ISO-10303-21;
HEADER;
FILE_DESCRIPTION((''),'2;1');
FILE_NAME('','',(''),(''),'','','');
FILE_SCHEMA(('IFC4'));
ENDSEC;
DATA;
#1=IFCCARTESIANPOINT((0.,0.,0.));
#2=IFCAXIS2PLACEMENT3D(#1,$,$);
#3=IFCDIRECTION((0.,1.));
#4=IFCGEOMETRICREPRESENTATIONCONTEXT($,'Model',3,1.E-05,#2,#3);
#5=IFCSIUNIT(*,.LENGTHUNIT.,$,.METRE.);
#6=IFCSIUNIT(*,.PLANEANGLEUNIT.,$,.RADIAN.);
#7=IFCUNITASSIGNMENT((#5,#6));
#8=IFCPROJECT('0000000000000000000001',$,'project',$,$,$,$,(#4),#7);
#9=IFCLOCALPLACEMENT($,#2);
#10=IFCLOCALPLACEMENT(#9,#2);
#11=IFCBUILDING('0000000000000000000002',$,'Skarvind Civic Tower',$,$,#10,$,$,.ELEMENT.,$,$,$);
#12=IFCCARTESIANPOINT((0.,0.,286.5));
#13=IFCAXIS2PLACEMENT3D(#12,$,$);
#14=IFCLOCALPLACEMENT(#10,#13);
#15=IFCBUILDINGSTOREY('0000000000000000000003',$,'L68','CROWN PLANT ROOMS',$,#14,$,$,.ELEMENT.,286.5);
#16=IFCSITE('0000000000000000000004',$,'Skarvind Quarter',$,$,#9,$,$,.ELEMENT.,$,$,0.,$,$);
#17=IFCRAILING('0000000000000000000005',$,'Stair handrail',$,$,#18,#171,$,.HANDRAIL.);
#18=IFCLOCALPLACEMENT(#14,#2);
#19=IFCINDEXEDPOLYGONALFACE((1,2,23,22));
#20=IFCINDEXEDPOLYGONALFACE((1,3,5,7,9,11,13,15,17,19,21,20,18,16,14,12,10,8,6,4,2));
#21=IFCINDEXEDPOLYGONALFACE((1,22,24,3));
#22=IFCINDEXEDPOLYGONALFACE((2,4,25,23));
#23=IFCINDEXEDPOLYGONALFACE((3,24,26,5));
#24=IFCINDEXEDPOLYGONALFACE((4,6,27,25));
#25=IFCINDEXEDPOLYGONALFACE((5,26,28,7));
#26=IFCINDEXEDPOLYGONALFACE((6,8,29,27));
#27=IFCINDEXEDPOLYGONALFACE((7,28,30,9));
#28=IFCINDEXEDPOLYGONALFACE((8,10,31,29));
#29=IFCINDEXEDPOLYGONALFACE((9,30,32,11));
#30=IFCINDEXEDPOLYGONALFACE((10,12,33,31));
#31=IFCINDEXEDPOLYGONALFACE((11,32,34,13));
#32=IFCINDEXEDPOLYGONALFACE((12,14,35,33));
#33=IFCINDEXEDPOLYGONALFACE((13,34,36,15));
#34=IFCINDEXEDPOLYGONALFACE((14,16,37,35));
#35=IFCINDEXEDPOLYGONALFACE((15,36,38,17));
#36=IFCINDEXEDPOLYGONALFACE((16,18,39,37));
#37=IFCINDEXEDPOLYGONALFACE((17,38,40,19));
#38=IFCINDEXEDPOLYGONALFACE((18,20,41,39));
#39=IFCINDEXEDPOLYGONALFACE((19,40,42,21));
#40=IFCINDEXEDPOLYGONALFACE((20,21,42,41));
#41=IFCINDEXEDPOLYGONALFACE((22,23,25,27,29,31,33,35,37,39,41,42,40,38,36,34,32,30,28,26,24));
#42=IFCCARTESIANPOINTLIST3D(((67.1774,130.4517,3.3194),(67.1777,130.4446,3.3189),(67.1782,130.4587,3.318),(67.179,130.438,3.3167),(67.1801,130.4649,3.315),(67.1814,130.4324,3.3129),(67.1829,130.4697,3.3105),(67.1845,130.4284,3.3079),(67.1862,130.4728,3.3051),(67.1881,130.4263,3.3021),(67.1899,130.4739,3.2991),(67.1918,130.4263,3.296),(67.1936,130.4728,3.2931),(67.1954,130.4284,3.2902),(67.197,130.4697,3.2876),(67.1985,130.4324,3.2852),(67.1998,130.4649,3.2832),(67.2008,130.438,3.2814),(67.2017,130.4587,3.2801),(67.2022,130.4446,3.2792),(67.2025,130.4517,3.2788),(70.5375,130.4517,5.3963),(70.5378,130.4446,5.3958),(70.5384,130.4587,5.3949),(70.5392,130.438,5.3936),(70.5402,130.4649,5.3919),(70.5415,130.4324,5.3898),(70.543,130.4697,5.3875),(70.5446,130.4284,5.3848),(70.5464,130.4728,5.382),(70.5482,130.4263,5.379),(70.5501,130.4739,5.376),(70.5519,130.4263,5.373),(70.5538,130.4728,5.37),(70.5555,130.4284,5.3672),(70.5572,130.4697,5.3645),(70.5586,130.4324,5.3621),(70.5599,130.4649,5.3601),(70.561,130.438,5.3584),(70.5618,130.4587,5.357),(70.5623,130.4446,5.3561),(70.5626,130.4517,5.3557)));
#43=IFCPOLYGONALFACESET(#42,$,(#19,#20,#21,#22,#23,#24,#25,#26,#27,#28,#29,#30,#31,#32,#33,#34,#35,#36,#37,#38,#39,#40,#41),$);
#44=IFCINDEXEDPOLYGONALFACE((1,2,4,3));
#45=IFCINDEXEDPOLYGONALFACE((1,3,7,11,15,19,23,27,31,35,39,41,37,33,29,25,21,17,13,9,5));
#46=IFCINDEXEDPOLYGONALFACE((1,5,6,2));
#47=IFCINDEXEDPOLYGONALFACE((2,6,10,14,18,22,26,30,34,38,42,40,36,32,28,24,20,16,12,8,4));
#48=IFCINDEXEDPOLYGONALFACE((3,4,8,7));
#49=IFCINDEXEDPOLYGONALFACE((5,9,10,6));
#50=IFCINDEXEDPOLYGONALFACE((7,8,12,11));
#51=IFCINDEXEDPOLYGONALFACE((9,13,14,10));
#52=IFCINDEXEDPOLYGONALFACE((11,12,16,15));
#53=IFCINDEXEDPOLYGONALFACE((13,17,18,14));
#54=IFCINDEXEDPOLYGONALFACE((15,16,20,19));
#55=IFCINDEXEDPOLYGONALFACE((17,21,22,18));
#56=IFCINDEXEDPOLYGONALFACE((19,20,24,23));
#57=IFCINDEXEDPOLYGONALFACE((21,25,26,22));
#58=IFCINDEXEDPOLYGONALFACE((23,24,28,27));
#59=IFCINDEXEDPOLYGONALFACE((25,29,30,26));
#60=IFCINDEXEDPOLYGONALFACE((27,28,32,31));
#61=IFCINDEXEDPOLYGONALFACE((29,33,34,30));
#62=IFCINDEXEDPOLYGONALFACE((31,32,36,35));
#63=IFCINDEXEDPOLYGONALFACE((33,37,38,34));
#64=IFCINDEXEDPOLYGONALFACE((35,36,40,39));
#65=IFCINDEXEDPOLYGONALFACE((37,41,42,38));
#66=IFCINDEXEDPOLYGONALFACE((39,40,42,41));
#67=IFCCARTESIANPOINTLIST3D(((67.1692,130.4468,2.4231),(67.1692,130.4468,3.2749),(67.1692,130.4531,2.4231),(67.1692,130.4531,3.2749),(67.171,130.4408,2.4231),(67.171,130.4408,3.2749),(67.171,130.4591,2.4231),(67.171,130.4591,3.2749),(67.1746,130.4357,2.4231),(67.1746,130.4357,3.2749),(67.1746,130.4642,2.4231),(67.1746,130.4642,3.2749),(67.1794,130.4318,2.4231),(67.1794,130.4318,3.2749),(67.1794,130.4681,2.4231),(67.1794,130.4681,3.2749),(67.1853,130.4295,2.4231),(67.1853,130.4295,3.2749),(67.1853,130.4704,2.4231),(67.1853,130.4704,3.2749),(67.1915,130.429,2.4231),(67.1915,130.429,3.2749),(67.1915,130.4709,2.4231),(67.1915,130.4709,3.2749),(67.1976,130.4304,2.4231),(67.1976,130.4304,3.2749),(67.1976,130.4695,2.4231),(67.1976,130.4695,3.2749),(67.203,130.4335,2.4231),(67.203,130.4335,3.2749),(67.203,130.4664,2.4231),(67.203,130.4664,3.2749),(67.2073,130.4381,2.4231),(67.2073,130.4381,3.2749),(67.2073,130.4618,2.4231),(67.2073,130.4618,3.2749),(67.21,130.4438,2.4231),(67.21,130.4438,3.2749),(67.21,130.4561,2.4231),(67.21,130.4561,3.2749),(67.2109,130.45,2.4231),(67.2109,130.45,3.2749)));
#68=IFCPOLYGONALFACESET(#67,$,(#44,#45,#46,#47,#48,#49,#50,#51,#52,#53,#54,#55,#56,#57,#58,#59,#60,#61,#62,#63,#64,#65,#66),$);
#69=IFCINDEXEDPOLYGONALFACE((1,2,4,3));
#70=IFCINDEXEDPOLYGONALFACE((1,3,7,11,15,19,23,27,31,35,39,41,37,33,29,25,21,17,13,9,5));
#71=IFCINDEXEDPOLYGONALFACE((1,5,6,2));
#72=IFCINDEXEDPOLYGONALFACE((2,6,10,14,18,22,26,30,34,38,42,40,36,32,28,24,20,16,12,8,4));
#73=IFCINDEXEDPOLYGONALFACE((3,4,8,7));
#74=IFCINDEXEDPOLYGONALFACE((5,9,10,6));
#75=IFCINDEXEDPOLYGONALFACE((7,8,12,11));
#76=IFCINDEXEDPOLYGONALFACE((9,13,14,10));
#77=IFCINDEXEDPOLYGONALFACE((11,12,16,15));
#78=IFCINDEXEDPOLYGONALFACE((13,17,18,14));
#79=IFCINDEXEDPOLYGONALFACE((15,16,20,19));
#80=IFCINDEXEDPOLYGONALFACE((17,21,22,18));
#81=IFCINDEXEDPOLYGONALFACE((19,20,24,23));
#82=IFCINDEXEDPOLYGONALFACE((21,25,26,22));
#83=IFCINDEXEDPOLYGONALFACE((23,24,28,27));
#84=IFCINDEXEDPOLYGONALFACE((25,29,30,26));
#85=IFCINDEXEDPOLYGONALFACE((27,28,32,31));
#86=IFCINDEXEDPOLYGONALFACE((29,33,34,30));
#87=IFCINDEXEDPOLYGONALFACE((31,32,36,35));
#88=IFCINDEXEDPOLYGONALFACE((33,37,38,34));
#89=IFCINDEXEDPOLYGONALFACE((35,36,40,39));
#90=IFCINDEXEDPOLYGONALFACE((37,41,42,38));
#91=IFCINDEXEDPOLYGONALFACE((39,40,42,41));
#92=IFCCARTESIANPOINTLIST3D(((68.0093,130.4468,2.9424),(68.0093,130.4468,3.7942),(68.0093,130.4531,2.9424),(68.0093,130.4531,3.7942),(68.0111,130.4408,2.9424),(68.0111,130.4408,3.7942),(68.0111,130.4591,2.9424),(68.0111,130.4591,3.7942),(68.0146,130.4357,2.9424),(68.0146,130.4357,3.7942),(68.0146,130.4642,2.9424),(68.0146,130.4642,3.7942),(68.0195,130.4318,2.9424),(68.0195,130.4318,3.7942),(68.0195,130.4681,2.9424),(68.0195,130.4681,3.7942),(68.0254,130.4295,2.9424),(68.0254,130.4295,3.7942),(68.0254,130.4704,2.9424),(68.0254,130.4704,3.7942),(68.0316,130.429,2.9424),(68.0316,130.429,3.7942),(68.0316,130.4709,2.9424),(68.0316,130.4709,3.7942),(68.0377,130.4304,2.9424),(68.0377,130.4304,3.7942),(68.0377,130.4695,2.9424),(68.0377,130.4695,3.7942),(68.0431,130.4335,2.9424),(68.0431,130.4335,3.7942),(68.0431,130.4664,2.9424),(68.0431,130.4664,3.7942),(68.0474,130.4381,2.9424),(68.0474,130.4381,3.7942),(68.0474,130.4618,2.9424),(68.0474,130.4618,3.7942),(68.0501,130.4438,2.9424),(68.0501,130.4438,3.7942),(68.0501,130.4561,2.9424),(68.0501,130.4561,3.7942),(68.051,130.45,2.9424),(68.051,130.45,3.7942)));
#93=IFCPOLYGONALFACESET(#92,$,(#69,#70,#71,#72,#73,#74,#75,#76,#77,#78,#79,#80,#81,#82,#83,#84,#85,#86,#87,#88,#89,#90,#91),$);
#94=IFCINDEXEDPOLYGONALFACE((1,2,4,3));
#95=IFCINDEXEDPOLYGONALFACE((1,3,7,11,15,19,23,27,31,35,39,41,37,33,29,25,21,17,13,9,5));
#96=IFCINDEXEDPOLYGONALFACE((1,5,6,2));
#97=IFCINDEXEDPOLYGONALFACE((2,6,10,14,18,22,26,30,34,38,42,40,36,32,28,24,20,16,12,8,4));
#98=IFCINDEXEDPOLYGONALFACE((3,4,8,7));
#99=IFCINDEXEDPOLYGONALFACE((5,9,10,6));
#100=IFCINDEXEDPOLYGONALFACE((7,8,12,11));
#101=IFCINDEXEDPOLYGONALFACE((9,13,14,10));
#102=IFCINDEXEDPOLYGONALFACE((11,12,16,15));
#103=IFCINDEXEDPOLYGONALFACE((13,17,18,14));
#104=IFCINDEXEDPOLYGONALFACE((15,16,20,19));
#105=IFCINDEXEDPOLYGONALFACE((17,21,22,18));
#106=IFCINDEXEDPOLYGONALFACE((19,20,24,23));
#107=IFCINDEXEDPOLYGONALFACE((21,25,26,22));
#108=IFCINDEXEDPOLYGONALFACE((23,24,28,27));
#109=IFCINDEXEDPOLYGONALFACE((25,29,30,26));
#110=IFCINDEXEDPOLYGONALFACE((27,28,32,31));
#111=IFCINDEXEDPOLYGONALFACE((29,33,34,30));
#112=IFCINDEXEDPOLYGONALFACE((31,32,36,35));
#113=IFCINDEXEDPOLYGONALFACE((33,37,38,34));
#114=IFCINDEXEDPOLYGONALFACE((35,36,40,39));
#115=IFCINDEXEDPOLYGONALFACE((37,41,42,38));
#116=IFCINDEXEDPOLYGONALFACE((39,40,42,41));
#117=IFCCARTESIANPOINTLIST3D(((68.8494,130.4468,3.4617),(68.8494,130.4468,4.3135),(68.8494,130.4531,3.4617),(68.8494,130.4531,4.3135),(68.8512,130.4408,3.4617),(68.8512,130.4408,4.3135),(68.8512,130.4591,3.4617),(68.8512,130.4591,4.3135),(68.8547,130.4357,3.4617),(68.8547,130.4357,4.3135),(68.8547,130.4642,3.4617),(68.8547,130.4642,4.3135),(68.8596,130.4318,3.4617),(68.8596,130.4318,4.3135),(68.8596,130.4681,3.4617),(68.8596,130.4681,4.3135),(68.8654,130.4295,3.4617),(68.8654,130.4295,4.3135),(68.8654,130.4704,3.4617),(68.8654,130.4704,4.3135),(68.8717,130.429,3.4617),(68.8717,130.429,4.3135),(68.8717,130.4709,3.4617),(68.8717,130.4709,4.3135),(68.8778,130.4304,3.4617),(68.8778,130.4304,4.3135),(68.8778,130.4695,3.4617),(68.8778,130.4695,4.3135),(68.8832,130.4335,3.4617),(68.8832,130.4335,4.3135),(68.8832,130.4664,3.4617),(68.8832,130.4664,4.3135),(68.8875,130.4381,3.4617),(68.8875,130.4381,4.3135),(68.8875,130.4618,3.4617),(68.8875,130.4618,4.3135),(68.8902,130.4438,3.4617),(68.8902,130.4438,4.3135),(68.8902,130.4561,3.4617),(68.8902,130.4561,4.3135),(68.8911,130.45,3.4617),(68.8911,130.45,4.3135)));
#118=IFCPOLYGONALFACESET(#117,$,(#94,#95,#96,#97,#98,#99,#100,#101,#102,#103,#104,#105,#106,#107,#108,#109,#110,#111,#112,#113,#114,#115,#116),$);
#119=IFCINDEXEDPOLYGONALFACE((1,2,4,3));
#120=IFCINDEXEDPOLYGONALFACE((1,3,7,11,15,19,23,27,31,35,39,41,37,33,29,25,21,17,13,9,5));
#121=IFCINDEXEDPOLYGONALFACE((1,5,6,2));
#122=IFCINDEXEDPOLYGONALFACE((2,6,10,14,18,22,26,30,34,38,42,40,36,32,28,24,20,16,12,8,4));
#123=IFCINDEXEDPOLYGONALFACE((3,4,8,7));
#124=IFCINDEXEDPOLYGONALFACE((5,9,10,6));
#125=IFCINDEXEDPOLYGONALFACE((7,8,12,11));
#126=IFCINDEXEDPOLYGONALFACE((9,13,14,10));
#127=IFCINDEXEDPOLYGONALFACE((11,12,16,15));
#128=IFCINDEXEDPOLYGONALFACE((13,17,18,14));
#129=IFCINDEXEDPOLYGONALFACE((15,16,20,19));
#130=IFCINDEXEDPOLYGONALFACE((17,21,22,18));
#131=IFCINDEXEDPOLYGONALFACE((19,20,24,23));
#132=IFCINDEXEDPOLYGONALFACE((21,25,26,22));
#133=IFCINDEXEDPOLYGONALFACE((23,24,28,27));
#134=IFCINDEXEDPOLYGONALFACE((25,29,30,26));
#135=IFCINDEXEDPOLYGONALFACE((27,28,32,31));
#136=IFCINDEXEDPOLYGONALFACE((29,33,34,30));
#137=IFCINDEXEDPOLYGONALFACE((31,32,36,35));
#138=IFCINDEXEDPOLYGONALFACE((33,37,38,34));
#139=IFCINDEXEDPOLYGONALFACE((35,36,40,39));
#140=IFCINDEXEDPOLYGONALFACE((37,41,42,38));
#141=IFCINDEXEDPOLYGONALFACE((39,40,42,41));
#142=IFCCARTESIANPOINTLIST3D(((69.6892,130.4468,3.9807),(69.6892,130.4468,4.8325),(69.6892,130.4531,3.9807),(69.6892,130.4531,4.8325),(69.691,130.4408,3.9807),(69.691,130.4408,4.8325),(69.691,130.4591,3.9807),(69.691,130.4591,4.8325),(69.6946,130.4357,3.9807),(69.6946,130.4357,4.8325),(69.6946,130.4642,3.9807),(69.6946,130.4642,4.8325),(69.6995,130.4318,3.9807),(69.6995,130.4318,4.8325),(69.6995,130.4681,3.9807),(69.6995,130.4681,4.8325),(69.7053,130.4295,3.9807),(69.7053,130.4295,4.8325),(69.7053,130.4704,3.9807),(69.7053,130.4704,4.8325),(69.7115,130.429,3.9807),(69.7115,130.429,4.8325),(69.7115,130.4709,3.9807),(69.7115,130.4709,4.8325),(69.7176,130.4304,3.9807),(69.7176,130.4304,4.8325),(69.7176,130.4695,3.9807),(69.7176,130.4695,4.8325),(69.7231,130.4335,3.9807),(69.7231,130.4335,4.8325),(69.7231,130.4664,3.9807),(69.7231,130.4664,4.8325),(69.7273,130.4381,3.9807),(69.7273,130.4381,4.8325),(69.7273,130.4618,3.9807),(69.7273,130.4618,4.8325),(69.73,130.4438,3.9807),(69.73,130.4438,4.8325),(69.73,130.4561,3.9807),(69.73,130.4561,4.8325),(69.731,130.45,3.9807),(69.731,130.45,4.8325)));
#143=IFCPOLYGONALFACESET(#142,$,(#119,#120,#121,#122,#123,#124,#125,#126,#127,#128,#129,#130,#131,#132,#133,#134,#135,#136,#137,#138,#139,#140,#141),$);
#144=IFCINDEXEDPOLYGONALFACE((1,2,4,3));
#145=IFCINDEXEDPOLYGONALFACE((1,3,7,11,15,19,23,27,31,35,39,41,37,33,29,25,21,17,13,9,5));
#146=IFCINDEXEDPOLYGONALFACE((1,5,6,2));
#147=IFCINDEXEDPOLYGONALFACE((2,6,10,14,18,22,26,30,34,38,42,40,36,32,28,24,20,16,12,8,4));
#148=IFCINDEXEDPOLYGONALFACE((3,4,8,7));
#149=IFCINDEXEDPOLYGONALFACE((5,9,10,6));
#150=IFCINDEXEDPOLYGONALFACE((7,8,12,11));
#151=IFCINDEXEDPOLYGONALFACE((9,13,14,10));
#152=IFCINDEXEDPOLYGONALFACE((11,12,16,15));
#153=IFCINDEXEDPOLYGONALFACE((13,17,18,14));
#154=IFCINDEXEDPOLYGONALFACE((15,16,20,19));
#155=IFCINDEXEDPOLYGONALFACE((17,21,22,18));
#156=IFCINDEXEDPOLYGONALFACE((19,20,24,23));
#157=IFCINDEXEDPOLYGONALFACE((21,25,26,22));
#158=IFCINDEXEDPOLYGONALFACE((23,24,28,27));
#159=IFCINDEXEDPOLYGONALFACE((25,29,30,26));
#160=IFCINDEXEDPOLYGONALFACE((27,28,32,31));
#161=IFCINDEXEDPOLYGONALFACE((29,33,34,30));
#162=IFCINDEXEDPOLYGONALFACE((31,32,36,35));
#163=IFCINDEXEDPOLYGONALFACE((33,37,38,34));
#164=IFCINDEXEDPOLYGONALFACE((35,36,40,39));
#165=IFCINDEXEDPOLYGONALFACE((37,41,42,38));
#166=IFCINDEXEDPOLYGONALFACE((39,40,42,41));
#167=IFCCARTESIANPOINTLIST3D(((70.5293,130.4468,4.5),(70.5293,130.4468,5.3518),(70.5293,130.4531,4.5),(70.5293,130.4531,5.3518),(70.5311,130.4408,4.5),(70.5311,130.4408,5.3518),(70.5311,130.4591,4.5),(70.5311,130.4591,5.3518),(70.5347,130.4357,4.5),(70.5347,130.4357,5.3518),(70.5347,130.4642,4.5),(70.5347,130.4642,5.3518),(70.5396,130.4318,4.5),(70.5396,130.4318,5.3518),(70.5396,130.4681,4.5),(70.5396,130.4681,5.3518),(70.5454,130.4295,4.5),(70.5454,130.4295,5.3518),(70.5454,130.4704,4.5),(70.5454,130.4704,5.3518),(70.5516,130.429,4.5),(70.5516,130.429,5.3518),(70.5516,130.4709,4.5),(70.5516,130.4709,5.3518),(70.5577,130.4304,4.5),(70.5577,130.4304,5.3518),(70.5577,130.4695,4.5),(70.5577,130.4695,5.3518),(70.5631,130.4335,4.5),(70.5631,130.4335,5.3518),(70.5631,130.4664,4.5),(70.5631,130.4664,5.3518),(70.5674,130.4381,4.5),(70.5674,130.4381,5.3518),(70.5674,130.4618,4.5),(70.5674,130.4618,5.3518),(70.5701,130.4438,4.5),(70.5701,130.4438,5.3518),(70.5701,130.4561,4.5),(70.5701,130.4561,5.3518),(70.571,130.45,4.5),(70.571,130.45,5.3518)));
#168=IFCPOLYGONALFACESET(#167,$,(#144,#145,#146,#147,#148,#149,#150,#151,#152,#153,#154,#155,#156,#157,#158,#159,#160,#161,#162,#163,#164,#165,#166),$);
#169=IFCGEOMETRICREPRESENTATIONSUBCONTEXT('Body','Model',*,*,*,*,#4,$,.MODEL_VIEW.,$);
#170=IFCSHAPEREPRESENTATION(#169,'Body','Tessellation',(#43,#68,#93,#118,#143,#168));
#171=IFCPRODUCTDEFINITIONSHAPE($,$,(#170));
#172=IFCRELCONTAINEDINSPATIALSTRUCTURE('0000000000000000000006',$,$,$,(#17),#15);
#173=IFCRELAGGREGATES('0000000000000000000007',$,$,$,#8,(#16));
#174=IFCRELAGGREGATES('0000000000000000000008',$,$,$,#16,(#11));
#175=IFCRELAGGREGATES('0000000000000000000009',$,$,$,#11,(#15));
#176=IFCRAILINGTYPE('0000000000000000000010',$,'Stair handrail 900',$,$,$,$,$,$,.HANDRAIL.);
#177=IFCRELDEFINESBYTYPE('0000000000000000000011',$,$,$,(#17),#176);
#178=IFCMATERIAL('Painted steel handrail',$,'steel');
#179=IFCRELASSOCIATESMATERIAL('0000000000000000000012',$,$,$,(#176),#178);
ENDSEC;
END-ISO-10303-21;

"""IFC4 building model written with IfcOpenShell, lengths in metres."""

from ifc_helpers import new_model, si_unit, direction, frame, origin, origin_2d, place, context, subcontext, project, spatial, circle, extrude, material, type_object, element, save


model = new_model("IFC4")

# Units and contexts
model_context = context("Model", 3, precision=1e-05, world=origin(), true_north=direction((0.0, 1.0)))
body_context = subcontext(model_context, "Body", "Model", "MODEL_VIEW")
ifc_project = project(units=[si_unit("LENGTHUNIT", "METRE"), si_unit("PLANEANGLEUNIT", "RADIAN")], contexts=[model_context])

# Site, building, storey
site_placement = place(None, origin())
site = spatial("IfcSite", under=ifc_project, at=site_placement, Name="Skarvind Quarter", CompositionType="ELEMENT", RefElevation=0.0)
building_placement = place(site_placement, origin())
building = spatial("IfcBuilding", under=site, at=building_placement, Name="Skarvind Civic Tower", CompositionType="ELEMENT")
storey_placement = place(building_placement, frame((0.0, 0.0, 286.5)))
storey = spatial("IfcBuildingStorey", under=building, at=storey_placement, Name="L68", Description="CROWN PLANT ROOMS", CompositionType="ELEMENT", Elevation=286.5)

# Railing
ifc_material_1 = material(Name="Painted steel handrail", Category="steel")
railing_type = type_object("IfcRailingType", Name="Stair handrail 900", PredefinedType="HANDRAIL", material=ifc_material_1)
railing_1_placement = place(storey_placement, frame((67.1899, 130.45, 2.4231)))
element("IfcRailing", 1, at=railing_1_placement, inside=storey, type_object=railing_type, Name="Stair handrail", PredefinedType="HANDRAIL", context=body_context, shape_type="SweptSolid", body=[
    extrude(circle(Radius=0.0239, at=origin_2d()), frame((0.0, 0.0, 0.876), z_axis=(0.850623, 0.0, 0.525776), x_axis=(0.0, 1.0, 0.0)), (0.0, 0.0, 1.0), 3.9502),
    extrude(circle(Radius=0.021, at=origin_2d()), origin(), (0.0, 0.0, 1.0), 0.8518),
    extrude(circle(Radius=0.021, at=origin_2d()), frame((0.8401, 0.0, 0.5193)), (0.0, 0.0, 1.0), 0.8518),
    extrude(circle(Radius=0.021, at=origin_2d()), frame((1.6802, 0.0, 1.0386)), (0.0, 0.0, 1.0), 0.8518),
    extrude(circle(Radius=0.021, at=origin_2d()), frame((2.52, 0.0, 1.5576)), (0.0, 0.0, 1.0), 0.8518),
    extrude(circle(Radius=0.021, at=origin_2d()), frame((3.3601, 0.0, 2.0769)), (0.0, 0.0, 1.0), 0.8518),
])

save(model, "model.ifc")
